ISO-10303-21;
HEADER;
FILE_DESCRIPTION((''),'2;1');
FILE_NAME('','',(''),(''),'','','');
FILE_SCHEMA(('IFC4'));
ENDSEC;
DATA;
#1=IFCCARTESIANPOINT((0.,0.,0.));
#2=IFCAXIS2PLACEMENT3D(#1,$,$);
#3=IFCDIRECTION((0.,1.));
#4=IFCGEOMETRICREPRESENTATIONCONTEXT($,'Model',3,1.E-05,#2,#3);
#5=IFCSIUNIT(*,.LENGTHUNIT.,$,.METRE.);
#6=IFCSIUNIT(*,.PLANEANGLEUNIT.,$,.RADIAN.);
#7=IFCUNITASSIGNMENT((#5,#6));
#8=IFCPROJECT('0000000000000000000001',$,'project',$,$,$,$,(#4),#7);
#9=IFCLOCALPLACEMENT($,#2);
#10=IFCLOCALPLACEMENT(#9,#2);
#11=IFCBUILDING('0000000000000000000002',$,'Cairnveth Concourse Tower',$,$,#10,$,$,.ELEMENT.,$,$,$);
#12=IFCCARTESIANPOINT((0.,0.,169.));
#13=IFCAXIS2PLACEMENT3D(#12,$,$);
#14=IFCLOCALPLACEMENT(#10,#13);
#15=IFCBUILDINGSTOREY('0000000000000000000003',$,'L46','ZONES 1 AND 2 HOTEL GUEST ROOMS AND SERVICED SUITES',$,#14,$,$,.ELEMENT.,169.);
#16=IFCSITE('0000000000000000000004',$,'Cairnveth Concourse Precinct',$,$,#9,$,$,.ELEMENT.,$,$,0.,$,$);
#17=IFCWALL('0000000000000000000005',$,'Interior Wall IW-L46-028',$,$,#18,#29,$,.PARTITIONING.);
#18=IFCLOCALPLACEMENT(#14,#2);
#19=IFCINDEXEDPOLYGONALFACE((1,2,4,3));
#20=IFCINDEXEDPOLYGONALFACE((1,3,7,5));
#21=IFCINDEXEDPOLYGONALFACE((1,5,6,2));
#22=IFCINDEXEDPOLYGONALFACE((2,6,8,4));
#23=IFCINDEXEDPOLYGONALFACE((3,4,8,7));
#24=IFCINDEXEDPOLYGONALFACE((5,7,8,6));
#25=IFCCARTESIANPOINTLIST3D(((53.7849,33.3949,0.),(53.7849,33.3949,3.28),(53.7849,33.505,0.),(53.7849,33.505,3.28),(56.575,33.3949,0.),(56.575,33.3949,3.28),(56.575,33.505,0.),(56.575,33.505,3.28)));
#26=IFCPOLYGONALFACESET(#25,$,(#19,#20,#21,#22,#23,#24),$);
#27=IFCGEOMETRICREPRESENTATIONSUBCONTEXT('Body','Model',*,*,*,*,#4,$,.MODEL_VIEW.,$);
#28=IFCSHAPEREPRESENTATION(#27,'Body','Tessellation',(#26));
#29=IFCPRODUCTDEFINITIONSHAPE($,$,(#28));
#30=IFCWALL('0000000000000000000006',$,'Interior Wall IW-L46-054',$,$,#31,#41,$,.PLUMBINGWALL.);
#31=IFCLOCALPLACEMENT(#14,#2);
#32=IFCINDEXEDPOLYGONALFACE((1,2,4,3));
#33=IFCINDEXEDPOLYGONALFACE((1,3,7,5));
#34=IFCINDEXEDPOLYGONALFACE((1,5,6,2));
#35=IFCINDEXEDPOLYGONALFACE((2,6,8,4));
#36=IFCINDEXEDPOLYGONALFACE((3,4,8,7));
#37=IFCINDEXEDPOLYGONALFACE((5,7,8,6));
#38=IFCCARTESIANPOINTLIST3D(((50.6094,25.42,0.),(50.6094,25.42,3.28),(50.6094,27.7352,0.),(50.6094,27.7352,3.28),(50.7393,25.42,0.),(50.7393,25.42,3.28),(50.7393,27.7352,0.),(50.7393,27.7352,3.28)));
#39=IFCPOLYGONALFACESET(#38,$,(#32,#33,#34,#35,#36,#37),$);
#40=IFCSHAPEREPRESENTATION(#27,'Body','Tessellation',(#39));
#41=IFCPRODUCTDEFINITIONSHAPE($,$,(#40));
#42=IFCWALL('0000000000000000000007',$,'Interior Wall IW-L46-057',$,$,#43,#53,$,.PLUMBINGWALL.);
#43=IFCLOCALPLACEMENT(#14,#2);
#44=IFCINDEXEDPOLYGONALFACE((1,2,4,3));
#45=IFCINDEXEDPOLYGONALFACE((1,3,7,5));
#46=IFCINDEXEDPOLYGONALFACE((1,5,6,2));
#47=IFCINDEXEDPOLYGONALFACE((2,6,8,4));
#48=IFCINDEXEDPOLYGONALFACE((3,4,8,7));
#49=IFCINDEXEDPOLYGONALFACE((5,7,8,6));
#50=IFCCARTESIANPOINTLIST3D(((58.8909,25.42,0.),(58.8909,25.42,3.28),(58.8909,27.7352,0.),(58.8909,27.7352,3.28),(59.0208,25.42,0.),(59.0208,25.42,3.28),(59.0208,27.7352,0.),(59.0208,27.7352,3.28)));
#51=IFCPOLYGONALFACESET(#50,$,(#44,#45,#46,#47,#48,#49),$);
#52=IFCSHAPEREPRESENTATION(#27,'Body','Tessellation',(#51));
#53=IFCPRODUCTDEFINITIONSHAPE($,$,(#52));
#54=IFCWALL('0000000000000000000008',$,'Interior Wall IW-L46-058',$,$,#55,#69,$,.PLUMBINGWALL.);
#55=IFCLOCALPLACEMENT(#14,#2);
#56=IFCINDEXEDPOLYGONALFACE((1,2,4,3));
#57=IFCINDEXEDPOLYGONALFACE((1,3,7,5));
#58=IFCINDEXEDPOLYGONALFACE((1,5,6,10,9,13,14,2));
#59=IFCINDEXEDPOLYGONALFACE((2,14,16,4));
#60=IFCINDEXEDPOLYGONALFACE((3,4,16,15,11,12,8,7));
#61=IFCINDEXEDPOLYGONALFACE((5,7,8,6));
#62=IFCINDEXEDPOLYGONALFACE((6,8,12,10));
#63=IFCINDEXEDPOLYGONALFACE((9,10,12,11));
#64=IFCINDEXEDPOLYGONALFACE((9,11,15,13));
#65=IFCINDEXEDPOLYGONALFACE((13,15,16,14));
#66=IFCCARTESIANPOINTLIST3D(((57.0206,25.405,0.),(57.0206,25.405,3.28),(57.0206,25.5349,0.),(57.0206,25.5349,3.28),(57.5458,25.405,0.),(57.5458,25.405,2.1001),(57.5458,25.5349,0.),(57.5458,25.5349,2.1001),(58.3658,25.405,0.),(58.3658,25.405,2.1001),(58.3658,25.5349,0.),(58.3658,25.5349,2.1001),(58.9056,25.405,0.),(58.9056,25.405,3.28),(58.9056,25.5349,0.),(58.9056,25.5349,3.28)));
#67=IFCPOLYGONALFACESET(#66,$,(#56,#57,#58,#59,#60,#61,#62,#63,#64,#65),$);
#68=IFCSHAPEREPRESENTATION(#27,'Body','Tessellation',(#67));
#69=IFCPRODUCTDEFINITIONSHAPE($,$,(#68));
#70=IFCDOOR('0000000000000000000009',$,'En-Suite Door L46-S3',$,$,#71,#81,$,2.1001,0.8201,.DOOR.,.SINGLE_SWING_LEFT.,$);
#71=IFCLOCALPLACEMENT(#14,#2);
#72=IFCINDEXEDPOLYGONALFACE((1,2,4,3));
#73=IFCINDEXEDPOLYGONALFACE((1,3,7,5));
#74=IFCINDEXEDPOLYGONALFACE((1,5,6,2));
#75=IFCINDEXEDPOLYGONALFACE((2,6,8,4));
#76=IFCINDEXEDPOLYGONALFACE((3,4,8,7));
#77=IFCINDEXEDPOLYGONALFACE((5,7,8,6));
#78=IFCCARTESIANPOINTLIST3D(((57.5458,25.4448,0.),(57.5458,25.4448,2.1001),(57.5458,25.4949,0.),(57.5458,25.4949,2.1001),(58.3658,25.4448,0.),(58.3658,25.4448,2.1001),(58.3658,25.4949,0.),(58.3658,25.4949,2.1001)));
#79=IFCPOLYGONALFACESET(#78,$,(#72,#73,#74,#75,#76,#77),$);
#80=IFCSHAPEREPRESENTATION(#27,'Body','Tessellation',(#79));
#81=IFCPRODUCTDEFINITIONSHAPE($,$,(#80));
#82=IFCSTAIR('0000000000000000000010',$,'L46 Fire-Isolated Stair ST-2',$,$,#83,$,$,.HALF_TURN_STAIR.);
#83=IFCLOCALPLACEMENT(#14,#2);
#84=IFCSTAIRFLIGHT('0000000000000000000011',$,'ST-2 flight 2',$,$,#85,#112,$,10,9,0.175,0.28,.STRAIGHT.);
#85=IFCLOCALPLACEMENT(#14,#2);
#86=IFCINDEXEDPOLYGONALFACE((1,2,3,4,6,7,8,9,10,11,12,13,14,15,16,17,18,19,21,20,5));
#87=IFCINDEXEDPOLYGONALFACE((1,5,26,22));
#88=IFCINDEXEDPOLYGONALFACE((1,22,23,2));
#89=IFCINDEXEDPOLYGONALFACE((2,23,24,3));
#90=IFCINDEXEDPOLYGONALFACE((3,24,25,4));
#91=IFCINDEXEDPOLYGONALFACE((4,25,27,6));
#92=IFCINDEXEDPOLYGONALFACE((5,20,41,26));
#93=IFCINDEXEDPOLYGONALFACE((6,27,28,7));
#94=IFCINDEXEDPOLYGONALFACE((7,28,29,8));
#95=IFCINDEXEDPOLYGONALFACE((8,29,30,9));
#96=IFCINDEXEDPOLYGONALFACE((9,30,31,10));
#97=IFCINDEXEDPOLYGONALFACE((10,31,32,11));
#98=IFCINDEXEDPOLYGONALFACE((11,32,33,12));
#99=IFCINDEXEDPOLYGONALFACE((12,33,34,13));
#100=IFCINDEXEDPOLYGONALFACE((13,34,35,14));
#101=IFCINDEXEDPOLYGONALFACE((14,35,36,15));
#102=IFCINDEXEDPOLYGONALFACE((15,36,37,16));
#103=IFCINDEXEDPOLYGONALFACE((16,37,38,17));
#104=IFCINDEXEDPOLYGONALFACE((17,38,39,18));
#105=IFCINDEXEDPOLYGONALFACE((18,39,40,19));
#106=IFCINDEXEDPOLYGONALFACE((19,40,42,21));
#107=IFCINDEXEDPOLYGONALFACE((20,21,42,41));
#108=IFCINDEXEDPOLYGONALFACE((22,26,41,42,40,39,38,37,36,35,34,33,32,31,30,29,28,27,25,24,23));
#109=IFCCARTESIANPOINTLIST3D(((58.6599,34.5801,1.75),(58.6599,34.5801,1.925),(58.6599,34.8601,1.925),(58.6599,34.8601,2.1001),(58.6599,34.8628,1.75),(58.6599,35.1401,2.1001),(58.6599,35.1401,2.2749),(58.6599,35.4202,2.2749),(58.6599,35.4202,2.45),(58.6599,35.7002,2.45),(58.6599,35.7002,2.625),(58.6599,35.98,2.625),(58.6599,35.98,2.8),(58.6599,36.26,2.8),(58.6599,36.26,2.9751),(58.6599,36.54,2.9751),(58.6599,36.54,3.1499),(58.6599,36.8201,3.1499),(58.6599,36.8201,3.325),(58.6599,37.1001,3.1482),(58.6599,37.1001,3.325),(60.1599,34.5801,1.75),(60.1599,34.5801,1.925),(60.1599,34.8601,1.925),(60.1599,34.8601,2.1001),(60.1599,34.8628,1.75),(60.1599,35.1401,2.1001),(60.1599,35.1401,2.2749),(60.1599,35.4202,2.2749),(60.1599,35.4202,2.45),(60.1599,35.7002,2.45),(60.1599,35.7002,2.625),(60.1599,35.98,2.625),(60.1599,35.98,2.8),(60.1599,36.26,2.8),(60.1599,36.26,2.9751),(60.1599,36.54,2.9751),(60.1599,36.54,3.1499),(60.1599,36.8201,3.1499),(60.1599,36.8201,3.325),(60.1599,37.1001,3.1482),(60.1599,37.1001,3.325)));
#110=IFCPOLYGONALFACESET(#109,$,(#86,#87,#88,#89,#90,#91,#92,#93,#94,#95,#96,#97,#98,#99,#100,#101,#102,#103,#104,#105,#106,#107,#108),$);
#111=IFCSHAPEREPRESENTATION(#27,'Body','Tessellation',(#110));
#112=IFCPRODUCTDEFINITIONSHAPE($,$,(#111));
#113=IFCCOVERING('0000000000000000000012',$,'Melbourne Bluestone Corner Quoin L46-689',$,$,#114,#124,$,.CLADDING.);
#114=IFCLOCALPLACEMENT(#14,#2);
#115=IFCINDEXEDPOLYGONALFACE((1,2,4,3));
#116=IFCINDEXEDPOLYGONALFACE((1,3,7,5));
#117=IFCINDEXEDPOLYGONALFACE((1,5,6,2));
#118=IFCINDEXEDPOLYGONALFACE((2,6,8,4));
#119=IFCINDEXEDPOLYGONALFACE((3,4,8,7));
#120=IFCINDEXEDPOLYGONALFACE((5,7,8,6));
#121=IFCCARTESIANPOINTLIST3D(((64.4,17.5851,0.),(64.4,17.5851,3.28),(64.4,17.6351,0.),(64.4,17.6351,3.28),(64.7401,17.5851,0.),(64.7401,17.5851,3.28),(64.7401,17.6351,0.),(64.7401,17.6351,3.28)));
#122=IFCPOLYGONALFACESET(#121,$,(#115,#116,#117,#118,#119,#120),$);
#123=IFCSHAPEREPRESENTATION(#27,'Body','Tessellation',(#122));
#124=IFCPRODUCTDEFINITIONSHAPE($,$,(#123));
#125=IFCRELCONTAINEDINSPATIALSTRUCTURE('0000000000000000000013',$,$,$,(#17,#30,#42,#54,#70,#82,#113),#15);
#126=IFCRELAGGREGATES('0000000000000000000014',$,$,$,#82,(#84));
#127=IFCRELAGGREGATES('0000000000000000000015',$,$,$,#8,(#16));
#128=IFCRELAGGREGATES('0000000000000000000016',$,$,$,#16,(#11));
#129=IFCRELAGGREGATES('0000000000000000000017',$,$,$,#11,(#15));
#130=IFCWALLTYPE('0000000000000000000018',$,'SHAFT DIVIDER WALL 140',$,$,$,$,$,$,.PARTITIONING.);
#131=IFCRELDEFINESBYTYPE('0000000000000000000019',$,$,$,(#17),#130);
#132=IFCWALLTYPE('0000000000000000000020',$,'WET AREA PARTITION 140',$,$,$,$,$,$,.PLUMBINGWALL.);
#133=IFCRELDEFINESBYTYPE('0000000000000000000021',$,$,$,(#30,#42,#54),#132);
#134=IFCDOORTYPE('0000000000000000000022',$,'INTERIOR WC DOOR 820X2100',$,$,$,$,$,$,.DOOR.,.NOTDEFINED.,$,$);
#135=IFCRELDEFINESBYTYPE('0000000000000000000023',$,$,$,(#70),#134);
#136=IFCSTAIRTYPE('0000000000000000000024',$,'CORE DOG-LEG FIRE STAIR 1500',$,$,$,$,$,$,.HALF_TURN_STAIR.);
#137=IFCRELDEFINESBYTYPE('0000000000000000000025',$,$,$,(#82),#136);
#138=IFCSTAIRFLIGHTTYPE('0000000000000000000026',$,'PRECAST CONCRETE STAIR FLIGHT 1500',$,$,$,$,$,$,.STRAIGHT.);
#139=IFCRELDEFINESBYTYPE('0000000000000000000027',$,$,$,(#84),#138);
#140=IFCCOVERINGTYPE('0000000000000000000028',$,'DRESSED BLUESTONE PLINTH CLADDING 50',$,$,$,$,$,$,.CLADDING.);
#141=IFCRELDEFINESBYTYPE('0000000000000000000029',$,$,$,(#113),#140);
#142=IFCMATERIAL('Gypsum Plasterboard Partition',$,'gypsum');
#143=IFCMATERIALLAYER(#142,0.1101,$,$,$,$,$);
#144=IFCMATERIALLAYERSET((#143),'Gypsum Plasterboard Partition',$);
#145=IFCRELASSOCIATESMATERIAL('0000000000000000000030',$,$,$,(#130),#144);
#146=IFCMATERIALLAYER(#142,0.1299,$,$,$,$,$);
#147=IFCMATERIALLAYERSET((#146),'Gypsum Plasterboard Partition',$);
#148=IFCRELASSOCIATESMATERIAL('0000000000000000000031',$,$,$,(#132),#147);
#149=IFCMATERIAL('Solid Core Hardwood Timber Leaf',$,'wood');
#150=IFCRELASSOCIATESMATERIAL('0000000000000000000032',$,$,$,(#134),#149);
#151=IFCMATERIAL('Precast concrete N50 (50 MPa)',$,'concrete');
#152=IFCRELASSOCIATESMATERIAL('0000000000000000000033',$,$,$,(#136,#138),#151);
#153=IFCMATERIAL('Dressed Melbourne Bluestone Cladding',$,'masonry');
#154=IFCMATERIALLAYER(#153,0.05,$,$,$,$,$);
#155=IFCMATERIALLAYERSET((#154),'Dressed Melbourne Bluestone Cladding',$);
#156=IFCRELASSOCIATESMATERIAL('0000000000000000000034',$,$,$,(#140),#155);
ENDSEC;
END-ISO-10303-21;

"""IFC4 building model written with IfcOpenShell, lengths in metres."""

from ifc_helpers import new_model, si_unit, direction, frame, frame_2d, origin, place, context, subcontext, project, spatial, polyline, rectangle, outline, extrude, material, layer, layer_set, type_object, element, fill, aggregate, save


model = new_model("IFC4")

# Units and contexts
model_context = context("Model", 3, precision=1e-05, world=origin(), true_north=direction((0.0, 1.0)))
body_context = subcontext(model_context, "Body", "Model", "MODEL_VIEW")
ifc_project = project(units=[si_unit("LENGTHUNIT", "METRE"), si_unit("PLANEANGLEUNIT", "RADIAN")], contexts=[model_context])

# Site, building, storey
site_placement = place(None, origin())
site = spatial("IfcSite", under=ifc_project, at=site_placement, Name="Cairnveth Concourse Precinct", CompositionType="ELEMENT", RefElevation=0.0)
building_placement = place(site_placement, origin())
building = spatial("IfcBuilding", under=site, at=building_placement, Name="Cairnveth Concourse Tower", CompositionType="ELEMENT")
storey_placement = place(building_placement, frame((0.0, 0.0, 169.0)))
storey = spatial("IfcBuildingStorey", under=building, at=storey_placement, Name="L46", Description="ZONES 1 AND 2 HOTEL GUEST ROOMS AND SERVICED SUITES", CompositionType="ELEMENT", Elevation=169.0)

# Shared definitions
ifc_material_1 = material(Name="Gypsum Plasterboard Partition", Category="gypsum")

# Walls
ifc_layer_1 = layer(ifc_material_1, 0.1101)
ifc_layer_set_1 = layer_set([ifc_layer_1], Name="Gypsum Plasterboard Partition")
wall_type_1 = type_object("IfcWallType", Name="SHAFT DIVIDER WALL 140", PredefinedType="PARTITIONING", material=ifc_layer_set_1)
wall_1_placement = place(storey_placement, frame((53.7849, 33.45, 0.0), z_axis=(0.0, 0.0, 1.0), x_axis=(1.0, 0.0, 0.0)))
element("IfcWall", 1, at=wall_1_placement, inside=storey, type_object=wall_type_1, Name="Interior Wall IW-L46-028", PredefinedType="PARTITIONING", context=body_context, shape_type="SweptSolid", body=[
    extrude(rectangle(XDim=2.79, YDim=0.1101, at=frame_2d((1.395, 0.0))), origin(), (0.0, 0.0, 1.0), 3.28),
])
ifc_layer_2 = layer(ifc_material_1, 0.1299)
ifc_layer_set_2 = layer_set([ifc_layer_2], Name="Gypsum Plasterboard Partition")
wall_type_2 = type_object("IfcWallType", Name="WET AREA PARTITION 140", PredefinedType="PLUMBINGWALL", material=ifc_layer_set_2)
for number, where, z_axis, x_axis, name in (
    (2, (50.6743, 25.4199, 0.0), (0.0, 0.0, 1.0), (0.0, 1.0, 0.0), "Interior Wall IW-L46-054"),
    (3, (58.9558, 25.4199, 0.0), (0.0, 0.0, 1.0), (0.0, 1.0, 0.0), "Interior Wall IW-L46-057"),
):
    element("IfcWall", number, at=place(storey_placement, frame(where, z_axis=z_axis, x_axis=x_axis)), inside=storey, type_object=wall_type_2, Name=name, PredefinedType="PLUMBINGWALL", context=body_context, shape_type="SweptSolid", body=[
        extrude(rectangle(XDim=2.3152, YDim=0.1299, at=frame_2d((1.1577, 0.0))), origin(), (0.0, 0.0, 1.0), 3.28),
    ])

# Wall, opening, door
wall_2_placement = place(storey_placement, frame((57.0208, 25.47, 0.0), z_axis=(0.0, 0.0, 1.0), x_axis=(1.0, 0.0, 0.0)))
wall_2 = element("IfcWall", 4, at=wall_2_placement, inside=storey, type_object=wall_type_2, Name="Interior Wall IW-L46-058", PredefinedType="PLUMBINGWALL", context=body_context, shape_type="SweptSolid", body=[
    extrude(rectangle(XDim=1.885, YDim=0.1299, at=frame_2d((0.9424, 0.0))), origin(), (0.0, 0.0, 1.0), 3.28),
])
opening_1_placement = place(wall_2_placement, frame((0.5249, 0.0, 0.0)))
opening_1 = element("IfcOpeningElement", 5, at=opening_1_placement, cuts=wall_2, PredefinedType="OPENING", context=body_context, shape_type="SweptSolid", body=[
    extrude(rectangle(XDim=0.8201, YDim=2.1001, at=frame_2d((0.4102, 1.05))), frame((0.0, 0.075, 0.0), z_axis=(0.0, -1.0, 0.0), x_axis=(1.0, 0.0, 0.0)), (0.0, 0.0, 1.0), 0.1499),
])
ifc_material_2 = material(Name="Solid Core Hardwood Timber Leaf", Category="wood")
door_type_1 = type_object("IfcDoorType", Name="INTERIOR WC DOOR 820X2100", OperationType="NOTDEFINED", PredefinedType="DOOR", material=ifc_material_2)
door_1_placement = place(opening_1_placement, origin())
door_1 = element("IfcDoor", 6, at=door_1_placement, inside=storey, type_object=door_type_1, Name="En-Suite Door L46-S3", OperationType="SINGLE_SWING_LEFT", OverallHeight=2.1001, OverallWidth=0.8201, PredefinedType="DOOR", context=body_context, shape_type="SweptSolid", body=[
    extrude(rectangle(XDim=0.8201, YDim=2.1001, at=frame_2d((0.4102, 1.05))), frame((0.0, 0.0249, 0.0), z_axis=(0.0, -1.0, 0.0), x_axis=(1.0, 0.0, 0.0)), (0.0, 0.0, 1.0), 0.05),
])
fill(opening_1, door_1)

# Stair, stair flight
ifc_material_3 = material(Name="Precast concrete N50 (50 MPa)", Category="concrete")
stair_type = type_object("IfcStairType", Name="CORE DOG-LEG FIRE STAIR 1500", PredefinedType="HALF_TURN_STAIR", material=ifc_material_3)
stair_placement = place(storey_placement, origin())
stair = element("IfcStair", 7, at=stair_placement, inside=storey, type_object=stair_type, Name="L46 Fire-Isolated Stair ST-2", PredefinedType="HALF_TURN_STAIR")
stair_flight_type = type_object("IfcStairFlightType", Name="PRECAST CONCRETE STAIR FLIGHT 1500", PredefinedType="STRAIGHT", material=ifc_material_3)
stair_flight_placement = place(storey_placement, frame((59.4099, 34.5801, 1.75), z_axis=(0.0, 0.0, 1.0), x_axis=(0.0, 1.0, 0.0)))
stair_flight = element("IfcStairFlight", 8, at=stair_flight_placement, type_object=stair_flight_type, Name="ST-2 flight 2", NumberOfRisers=10, NumberOfTreads=9, PredefinedType="STRAIGHT", RiserHeight=0.175, TreadLength=0.28, context=body_context, shape_type="SweptSolid", body=[
    extrude(outline(polyline([(0.0, 0.0), (0.0, 0.175), (0.28, 0.175), (0.28, 0.3501), (0.5601, 0.3501), (0.5601, 0.5249), (0.8401, 0.5249), (0.8401, 0.7), (1.1201, 0.7), (1.1201, 0.875), (1.3999, 0.875), (1.3999, 1.05), (1.6799, 1.05), (1.6799, 1.2251), (1.96, 1.2251), (1.96, 1.3999), (2.24, 1.3999), (2.24, 1.575), (2.52, 1.575), (2.52, 1.75), (2.52, 1.3982), (0.2827, 0.0), (0.0, 0.0)])), frame((0.0, 0.75, 0.0), z_axis=(0.0, -1.0, 0.0), x_axis=(1.0, 0.0, 0.0)), (0.0, 0.0, 1.0), 1.5),
])
aggregate(stair, [stair_flight])

# Covering
ifc_material_4 = material(Name="Dressed Melbourne Bluestone Cladding", Category="masonry")
ifc_layer_3 = layer(ifc_material_4, 0.05)
ifc_layer_set_3 = layer_set([ifc_layer_3], Name="Dressed Melbourne Bluestone Cladding")
covering_type = type_object("IfcCoveringType", Name="DRESSED BLUESTONE PLINTH CLADDING 50", PredefinedType="CLADDING", material=ifc_layer_set_3)
covering_placement = place(storey_placement, frame((64.74, 17.6101, 0.0), z_axis=(0.0, 0.0, 1.0), x_axis=(-1.0, 0.0, 0.0)))
element("IfcCovering", 9, at=covering_placement, inside=storey, type_object=covering_type, Name="Melbourne Bluestone Corner Quoin L46-689", PredefinedType="CLADDING", context=body_context, shape_type="SweptSolid", body=[
    extrude(rectangle(XDim=0.3401, YDim=0.05, at=frame_2d((0.1699, 0.0))), origin(), (0.0, 0.0, 1.0), 3.28),
])

save(model, "model.ifc")
